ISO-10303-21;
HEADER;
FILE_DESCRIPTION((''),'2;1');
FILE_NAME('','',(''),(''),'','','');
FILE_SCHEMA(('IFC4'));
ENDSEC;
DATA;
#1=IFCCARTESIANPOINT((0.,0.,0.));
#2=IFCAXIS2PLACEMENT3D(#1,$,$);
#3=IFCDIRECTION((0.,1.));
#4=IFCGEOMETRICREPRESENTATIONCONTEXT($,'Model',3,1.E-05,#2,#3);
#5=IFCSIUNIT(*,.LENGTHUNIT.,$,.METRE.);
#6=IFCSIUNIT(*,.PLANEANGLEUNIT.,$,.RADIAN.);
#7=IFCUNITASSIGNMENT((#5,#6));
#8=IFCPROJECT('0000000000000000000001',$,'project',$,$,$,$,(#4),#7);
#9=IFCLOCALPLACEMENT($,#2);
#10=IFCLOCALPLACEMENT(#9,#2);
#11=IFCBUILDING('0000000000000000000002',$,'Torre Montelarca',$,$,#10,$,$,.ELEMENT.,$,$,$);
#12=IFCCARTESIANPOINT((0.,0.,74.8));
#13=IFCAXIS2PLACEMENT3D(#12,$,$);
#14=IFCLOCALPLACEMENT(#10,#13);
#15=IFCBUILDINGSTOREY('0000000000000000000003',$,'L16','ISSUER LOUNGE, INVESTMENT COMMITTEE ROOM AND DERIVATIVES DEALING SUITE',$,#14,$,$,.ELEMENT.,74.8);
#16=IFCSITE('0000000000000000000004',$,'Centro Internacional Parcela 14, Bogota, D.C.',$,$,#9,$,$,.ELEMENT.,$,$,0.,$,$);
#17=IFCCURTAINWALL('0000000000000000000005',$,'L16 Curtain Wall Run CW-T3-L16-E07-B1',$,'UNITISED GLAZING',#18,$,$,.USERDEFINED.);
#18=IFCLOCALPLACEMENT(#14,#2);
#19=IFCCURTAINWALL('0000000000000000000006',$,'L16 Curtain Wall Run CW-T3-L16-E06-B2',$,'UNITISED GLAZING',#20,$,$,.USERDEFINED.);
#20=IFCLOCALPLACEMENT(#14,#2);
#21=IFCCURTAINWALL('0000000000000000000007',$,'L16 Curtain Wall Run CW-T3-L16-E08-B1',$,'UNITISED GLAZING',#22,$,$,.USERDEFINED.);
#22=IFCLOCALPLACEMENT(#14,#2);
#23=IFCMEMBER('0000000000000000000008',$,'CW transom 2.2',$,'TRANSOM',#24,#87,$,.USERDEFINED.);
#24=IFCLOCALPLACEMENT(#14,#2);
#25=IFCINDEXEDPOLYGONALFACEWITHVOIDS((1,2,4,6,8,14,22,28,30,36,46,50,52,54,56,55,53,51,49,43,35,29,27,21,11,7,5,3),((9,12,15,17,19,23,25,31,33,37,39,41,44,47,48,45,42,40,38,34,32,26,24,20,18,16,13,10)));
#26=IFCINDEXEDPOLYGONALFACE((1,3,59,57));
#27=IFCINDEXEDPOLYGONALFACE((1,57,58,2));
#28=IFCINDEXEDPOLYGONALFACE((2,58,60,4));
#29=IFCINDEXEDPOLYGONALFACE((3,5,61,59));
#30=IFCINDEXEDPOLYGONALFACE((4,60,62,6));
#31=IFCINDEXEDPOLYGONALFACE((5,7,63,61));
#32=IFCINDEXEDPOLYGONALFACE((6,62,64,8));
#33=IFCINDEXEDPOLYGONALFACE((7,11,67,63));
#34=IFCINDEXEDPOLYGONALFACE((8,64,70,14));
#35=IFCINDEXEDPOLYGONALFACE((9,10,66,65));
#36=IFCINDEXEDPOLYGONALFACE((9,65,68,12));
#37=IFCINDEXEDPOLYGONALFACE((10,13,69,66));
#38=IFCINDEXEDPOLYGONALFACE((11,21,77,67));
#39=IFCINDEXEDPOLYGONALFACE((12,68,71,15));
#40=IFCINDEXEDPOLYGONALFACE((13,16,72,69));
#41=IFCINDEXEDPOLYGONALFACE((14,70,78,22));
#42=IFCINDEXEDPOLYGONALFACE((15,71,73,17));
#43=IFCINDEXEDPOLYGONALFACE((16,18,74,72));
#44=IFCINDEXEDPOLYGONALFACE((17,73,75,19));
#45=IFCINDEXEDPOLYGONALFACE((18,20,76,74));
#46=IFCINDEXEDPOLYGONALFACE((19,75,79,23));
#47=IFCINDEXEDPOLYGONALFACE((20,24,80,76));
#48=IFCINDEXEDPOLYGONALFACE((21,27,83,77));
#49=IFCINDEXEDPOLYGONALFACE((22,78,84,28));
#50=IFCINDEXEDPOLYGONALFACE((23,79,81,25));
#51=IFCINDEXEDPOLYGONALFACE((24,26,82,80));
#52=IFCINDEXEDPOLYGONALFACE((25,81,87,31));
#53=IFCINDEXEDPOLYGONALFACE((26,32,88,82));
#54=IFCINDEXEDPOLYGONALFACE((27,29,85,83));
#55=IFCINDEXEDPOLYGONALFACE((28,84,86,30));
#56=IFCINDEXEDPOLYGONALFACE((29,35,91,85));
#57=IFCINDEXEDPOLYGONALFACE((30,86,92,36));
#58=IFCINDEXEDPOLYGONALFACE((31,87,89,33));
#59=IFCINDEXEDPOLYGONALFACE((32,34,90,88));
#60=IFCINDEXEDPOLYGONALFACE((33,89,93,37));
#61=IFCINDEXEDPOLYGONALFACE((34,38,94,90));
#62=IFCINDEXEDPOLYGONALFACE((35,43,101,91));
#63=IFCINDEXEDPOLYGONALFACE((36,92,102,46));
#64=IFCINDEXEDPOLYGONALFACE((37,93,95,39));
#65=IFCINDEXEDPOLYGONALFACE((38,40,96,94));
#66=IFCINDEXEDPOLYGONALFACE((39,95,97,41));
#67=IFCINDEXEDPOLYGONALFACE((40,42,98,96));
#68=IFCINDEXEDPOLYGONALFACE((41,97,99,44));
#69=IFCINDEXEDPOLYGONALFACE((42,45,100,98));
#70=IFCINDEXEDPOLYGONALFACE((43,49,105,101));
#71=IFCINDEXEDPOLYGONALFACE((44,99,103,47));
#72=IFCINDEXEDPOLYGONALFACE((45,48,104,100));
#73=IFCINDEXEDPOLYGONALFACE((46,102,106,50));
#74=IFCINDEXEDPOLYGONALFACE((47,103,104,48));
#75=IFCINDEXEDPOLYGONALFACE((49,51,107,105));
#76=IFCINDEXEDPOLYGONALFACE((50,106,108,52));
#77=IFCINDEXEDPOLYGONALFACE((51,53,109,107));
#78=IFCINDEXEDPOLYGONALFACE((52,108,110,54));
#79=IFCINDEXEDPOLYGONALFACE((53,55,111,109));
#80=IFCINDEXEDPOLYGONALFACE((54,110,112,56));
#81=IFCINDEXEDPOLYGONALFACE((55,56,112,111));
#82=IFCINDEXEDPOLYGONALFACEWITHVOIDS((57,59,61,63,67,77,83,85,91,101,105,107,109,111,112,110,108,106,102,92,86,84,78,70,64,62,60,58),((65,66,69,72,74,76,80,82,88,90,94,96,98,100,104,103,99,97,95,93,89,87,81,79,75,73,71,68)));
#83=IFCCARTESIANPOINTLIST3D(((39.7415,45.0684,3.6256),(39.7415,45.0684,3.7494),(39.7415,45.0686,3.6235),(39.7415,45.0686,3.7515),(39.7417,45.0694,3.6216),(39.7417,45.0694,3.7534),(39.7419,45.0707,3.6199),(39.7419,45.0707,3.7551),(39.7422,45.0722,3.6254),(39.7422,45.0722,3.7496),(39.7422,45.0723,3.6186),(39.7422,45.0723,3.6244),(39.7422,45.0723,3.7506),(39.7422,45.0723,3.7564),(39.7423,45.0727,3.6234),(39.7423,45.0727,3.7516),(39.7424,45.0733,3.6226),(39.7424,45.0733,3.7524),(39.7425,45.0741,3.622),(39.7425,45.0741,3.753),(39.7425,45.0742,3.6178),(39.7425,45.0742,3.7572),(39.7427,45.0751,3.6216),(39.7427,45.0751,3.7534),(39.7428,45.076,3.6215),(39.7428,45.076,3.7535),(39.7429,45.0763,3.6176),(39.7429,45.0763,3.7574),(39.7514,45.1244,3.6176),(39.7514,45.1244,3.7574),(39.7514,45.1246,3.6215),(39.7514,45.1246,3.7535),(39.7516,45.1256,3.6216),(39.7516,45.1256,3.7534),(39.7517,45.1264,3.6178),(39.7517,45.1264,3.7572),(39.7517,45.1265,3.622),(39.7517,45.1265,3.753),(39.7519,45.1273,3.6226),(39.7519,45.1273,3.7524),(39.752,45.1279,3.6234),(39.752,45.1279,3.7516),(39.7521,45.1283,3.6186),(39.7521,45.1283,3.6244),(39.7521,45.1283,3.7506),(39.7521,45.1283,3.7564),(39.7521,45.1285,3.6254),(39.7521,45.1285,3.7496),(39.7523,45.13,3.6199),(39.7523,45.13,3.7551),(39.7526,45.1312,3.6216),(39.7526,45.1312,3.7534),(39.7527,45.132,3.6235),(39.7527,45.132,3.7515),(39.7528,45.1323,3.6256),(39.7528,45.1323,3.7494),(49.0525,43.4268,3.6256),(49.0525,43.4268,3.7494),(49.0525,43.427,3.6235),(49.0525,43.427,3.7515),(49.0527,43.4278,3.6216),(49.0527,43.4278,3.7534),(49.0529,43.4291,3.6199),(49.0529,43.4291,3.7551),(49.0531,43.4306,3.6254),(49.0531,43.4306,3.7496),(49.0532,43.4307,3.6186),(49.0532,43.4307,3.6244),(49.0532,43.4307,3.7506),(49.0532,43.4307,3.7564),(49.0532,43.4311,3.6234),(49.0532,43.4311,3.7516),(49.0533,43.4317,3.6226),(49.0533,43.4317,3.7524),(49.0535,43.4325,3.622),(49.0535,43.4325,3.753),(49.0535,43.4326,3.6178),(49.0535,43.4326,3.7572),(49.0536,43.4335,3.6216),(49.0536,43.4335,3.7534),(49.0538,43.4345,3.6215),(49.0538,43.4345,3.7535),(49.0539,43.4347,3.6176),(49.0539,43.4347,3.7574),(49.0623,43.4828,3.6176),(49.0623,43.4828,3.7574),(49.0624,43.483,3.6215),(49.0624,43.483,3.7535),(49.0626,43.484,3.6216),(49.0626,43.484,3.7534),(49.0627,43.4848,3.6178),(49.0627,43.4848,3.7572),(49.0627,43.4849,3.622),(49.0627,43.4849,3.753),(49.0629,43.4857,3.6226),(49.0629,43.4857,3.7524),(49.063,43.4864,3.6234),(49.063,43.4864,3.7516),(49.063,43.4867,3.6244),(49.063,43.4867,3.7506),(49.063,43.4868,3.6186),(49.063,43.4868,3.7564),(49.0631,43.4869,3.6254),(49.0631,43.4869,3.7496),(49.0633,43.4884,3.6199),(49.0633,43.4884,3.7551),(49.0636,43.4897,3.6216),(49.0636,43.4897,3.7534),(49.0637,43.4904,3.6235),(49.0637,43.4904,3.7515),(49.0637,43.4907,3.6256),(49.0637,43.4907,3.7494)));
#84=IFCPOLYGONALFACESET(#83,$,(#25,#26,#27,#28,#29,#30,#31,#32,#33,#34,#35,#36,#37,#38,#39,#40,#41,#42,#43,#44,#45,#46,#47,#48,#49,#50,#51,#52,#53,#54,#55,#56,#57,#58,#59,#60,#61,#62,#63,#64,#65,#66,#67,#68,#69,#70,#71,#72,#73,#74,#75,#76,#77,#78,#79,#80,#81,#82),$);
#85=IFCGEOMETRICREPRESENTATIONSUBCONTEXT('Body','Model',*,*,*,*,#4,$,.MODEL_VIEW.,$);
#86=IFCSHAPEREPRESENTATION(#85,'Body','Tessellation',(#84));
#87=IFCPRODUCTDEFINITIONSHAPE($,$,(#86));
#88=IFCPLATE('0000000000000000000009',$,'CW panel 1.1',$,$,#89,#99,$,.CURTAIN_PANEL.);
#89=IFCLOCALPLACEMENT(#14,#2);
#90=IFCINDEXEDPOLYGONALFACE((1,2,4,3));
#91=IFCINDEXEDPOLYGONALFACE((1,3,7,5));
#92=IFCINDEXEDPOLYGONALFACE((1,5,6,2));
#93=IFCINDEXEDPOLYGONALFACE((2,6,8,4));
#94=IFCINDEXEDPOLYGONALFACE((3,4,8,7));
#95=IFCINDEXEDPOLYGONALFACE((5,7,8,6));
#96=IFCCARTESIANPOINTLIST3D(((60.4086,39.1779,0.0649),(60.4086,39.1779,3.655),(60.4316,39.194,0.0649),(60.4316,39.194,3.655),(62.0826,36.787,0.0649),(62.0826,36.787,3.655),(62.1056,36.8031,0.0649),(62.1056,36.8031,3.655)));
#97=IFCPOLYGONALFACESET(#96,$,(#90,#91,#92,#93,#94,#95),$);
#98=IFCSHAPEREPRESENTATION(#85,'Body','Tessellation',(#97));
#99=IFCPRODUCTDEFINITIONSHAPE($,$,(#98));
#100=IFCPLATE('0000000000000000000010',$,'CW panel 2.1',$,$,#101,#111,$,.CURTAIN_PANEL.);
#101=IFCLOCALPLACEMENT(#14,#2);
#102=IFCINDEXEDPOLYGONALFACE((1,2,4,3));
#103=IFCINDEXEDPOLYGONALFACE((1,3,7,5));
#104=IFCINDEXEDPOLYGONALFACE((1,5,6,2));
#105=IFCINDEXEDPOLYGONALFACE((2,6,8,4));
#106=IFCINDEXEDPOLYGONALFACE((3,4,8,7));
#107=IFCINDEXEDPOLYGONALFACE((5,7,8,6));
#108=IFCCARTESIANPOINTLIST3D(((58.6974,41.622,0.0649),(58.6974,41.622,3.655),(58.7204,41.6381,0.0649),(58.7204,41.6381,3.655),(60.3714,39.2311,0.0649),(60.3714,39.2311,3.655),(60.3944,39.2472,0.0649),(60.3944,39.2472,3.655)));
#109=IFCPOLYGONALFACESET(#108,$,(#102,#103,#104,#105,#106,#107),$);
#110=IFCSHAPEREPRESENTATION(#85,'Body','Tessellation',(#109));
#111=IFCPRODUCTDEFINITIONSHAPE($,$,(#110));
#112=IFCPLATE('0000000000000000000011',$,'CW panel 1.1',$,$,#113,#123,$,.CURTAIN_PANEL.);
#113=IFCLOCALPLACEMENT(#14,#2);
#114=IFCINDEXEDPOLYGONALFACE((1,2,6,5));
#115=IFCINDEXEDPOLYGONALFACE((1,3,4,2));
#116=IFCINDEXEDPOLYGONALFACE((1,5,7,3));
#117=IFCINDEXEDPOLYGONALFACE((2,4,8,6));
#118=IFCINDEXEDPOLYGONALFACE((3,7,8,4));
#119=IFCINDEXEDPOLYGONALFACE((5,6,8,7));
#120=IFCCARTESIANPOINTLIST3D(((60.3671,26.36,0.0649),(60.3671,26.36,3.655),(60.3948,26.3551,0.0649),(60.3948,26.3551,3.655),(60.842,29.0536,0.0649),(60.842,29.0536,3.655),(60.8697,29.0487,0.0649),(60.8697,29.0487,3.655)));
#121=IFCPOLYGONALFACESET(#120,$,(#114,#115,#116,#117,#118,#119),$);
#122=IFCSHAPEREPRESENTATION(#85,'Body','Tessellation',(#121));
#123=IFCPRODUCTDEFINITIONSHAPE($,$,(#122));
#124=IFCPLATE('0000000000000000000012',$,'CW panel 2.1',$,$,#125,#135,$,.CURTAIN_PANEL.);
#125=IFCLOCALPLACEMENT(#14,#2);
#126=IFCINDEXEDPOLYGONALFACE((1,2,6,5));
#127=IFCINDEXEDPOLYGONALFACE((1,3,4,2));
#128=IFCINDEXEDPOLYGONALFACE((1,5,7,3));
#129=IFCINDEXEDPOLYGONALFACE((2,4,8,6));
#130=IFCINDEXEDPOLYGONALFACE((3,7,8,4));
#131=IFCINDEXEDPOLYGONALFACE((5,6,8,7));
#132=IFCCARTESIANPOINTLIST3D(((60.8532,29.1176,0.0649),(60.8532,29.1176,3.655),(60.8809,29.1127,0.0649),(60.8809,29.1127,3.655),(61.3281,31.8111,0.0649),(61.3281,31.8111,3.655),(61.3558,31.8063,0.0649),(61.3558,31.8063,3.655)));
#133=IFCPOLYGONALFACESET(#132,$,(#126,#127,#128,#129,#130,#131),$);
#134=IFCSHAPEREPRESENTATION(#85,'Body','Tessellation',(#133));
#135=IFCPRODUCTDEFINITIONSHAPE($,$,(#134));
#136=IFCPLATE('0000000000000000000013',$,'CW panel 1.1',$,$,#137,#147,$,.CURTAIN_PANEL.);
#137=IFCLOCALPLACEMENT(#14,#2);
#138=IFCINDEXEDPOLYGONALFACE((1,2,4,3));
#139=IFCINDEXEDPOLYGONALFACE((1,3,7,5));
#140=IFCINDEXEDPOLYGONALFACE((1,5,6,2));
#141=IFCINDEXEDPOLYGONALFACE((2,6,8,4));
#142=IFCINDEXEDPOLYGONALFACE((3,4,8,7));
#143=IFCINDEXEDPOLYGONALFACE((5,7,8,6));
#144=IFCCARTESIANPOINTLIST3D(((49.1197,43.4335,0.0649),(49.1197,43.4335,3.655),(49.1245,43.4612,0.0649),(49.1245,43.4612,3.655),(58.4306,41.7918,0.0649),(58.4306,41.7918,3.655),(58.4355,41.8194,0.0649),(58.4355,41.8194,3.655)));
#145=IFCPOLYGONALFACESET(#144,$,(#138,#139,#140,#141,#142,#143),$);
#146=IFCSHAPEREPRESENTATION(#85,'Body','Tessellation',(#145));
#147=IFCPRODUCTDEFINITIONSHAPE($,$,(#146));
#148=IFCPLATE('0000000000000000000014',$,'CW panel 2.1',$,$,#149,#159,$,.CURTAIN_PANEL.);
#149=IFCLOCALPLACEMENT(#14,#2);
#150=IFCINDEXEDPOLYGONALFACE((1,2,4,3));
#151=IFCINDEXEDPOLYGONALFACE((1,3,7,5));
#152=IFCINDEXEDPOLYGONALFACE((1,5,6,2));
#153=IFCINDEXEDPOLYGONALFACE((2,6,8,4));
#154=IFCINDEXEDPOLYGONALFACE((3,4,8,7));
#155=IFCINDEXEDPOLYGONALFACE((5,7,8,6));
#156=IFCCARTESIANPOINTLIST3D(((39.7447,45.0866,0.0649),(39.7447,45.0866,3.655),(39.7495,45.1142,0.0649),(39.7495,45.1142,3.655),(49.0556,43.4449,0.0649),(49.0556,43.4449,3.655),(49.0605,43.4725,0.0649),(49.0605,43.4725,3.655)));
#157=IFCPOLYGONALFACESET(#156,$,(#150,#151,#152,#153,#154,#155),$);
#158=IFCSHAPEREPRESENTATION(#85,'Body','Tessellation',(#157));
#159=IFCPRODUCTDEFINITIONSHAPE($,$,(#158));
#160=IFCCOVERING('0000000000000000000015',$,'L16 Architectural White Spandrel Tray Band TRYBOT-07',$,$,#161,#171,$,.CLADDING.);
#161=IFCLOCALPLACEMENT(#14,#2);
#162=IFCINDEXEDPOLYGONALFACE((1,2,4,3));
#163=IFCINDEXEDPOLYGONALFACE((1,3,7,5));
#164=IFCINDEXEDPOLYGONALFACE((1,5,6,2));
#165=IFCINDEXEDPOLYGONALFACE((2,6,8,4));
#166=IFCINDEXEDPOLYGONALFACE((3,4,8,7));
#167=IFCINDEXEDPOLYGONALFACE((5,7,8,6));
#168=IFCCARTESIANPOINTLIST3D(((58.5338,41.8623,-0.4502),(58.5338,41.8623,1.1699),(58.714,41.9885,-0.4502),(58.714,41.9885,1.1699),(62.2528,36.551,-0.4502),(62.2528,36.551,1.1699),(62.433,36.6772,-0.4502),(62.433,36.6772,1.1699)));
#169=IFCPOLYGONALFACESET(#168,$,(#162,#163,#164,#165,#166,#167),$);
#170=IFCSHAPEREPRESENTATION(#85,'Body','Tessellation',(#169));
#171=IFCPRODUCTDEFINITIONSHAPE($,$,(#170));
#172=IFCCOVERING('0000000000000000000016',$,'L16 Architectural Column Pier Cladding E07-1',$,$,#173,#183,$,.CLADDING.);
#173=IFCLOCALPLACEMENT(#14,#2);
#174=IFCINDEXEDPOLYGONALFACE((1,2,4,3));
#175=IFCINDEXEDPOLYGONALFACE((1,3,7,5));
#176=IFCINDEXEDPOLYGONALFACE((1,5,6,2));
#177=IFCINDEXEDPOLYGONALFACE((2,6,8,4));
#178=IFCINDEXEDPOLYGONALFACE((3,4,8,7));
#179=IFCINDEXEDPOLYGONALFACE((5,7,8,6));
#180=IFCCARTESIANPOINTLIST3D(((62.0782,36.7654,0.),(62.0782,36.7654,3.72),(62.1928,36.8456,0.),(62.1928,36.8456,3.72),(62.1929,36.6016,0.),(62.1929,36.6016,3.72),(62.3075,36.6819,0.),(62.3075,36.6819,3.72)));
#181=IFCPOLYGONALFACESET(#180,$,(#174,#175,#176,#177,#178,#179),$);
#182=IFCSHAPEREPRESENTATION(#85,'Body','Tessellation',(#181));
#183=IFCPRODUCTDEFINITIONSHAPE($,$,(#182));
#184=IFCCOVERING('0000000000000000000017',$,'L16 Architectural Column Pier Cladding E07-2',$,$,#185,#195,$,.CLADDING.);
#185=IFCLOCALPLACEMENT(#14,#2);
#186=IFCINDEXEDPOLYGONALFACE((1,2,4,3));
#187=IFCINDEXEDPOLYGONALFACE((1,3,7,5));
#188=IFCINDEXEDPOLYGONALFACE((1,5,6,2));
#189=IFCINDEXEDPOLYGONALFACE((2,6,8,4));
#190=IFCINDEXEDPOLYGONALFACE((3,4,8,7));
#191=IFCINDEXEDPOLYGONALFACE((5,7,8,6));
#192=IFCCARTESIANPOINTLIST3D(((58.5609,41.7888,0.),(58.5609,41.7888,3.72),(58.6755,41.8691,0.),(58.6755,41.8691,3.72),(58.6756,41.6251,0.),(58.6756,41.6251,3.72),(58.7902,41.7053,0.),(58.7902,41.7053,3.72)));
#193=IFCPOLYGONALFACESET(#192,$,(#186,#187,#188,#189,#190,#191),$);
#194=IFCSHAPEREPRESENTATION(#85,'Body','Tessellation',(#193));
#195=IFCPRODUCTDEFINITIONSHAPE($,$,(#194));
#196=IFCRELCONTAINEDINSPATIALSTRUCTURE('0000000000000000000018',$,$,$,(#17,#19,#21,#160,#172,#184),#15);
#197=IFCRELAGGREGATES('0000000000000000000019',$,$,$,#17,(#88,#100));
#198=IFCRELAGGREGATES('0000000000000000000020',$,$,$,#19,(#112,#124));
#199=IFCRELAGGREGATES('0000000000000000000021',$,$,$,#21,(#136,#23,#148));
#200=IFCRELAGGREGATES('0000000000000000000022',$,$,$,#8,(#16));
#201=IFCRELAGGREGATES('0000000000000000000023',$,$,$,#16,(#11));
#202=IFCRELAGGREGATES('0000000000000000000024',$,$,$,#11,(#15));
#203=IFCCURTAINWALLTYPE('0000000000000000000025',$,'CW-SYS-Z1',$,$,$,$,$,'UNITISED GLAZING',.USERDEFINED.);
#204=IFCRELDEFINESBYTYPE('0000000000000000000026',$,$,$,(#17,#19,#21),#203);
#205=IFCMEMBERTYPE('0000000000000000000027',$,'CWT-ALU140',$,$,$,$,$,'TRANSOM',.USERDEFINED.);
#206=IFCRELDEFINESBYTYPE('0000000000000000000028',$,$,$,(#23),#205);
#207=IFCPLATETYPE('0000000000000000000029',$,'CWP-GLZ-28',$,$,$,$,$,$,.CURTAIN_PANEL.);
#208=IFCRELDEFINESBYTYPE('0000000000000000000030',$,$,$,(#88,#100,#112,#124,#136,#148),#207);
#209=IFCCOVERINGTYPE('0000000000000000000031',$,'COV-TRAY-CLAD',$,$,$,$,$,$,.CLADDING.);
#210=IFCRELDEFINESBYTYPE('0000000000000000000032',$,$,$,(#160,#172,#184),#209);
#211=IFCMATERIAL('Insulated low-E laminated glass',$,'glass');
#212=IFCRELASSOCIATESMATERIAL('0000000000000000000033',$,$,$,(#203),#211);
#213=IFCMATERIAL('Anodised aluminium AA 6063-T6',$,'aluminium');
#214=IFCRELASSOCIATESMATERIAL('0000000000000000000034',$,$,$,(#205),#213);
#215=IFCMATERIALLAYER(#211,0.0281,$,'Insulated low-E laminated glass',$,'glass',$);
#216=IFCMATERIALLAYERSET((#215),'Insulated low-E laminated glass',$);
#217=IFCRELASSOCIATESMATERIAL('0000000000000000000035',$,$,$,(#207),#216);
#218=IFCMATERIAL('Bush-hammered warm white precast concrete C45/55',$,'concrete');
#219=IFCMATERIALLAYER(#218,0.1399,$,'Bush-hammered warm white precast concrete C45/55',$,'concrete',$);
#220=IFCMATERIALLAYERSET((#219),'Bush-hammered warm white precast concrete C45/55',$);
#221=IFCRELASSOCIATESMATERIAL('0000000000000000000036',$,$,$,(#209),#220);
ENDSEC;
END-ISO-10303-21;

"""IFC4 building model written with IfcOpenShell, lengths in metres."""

from ifc_helpers import new_model, si_unit, direction, frame, origin, origin_2d, place, context, subcontext, project, spatial, rectangle, hollow_rectangle, extrude, source, transform, mapped, material, layer, layer_set, material_profile, profile_set, type_object, element, aggregate, save


model = new_model("IFC4")

# Units and contexts
model_context = context("Model", 3, precision=1e-05, world=origin(), true_north=direction((0.0, 1.0)))
body_context = subcontext(model_context, "Body", "Model", "MODEL_VIEW")
ifc_project = project(units=[si_unit("LENGTHUNIT", "METRE"), si_unit("PLANEANGLEUNIT", "RADIAN")], contexts=[model_context])

# Site, building, storey
site_placement = place(None, origin())
site = spatial("IfcSite", under=ifc_project, at=site_placement, Name="Centro Internacional Parcela 14, Bogota, D.C.", CompositionType="ELEMENT", RefElevation=0.0)
building_placement = place(site_placement, origin())
building = spatial("IfcBuilding", under=site, at=building_placement, Name="Torre Montelarca", CompositionType="ELEMENT")
storey_placement = place(building_placement, frame((0.0, 0.0, 74.8)))
storey = spatial("IfcBuildingStorey", under=building, at=storey_placement, Name="L16", Description="ISSUER LOUNGE, INVESTMENT COMMITTEE ROOM AND DERIVATIVES DEALING SUITE", CompositionType="ELEMENT", Elevation=74.8)

# Curtain walls
ifc_material_1 = material(Name="Insulated low-E laminated glass", Category="glass")
curtain_wall_type = type_object("IfcCurtainWallType", Name="CW-SYS-Z1", ElementType="UNITISED GLAZING", PredefinedType="USERDEFINED", material=ifc_material_1)
curtain_wall_1_placement = place(storey_placement, origin())
curtain_wall_1 = element("IfcCurtainWall", 1, at=curtain_wall_1_placement, inside=storey, type_object=curtain_wall_type, Name="L16 Curtain Wall Run CW-T3-L16-E07-B1", ObjectType="UNITISED GLAZING", PredefinedType="USERDEFINED")
ifc_material_2 = material(Name="Anodised aluminium AA 6063-T6", Category="aluminium")
ifc_material_profile_1 = material_profile(ifc_material_2, hollow_rectangle(XDim=0.0649, YDim=0.1399, WallThickness=0.0039, InnerFilletRadius=0.0039, OuterFilletRadius=0.0081, at=origin_2d()), Name="ALU65X140X4", Category="aluminium")
ifc_profile_set_1 = profile_set([ifc_material_profile_1], Name="Anodised aluminium AA 6063-T6")
member_type_1 = type_object("IfcMemberType", Name="CWT-ALU140", ElementType="TRANSOM", PredefinedType="USERDEFINED", material=ifc_profile_set_1)
curtain_wall_2_placement = place(storey_placement, origin())
curtain_wall_2 = element("IfcCurtainWall", 2, at=curtain_wall_2_placement, inside=storey, type_object=curtain_wall_type, Name="L16 Curtain Wall Run CW-T3-L16-E06-B2", ObjectType="UNITISED GLAZING", PredefinedType="USERDEFINED")

# Curtain wall
curtain_wall_3_placement = place(storey_placement, origin())
curtain_wall_3 = element("IfcCurtainWall", 3, at=curtain_wall_3_placement, inside=storey, type_object=curtain_wall_type, Name="L16 Curtain Wall Run CW-T3-L16-E08-B1", ObjectType="UNITISED GLAZING", PredefinedType="USERDEFINED")

# Member
shared_shape_1 = source(origin(), body_context, "Body", "SweptSolid", [
    extrude(hollow_rectangle(XDim=0.0649, YDim=0.1399, WallThickness=0.0039, InnerFilletRadius=0.0039, OuterFilletRadius=0.0081, at=origin_2d()), origin(), (0.0, 0.0, 1.0), 9.4546),
])
member_1_placement = place(storey_placement, frame((49.0581, 43.4587, 3.6875), z_axis=(-0.984811, 0.173629, 0.0), x_axis=(-0.173629, -0.984811, 0.0)))
member_1 = element("IfcMember", 4, at=member_1_placement, type_object=member_type_1, Name="CW transom 2.2", ObjectType="TRANSOM", PredefinedType="USERDEFINED", context=body_context, shape_type="MappedRepresentation", body=[
    mapped(shared_shape_1, transform((0.0, 0.0, 0.0), scale=1.0)),
])

# Plates
ifc_layer_1 = layer(ifc_material_1, 0.0281, Name="Insulated low-E laminated glass", Category="glass")
ifc_layer_set_1 = layer_set([ifc_layer_1], Name="Insulated low-E laminated glass")
plate_type = type_object("IfcPlateType", Name="CWP-GLZ-28", PredefinedType="CURTAIN_PANEL", material=ifc_layer_set_1)
shared_shape_2 = source(origin(), body_context, "Body", "SweptSolid", [
    extrude(rectangle(XDim=2.9187, YDim=0.0281, at=origin_2d()), origin(), (0.0, 0.0, 1.0), 3.5901),
])
plate_1_placement = place(storey_placement, frame((61.2571, 37.9905, 0.0649), z_axis=(0.0, 0.0, 1.0), x_axis=(-0.573546, 0.819174, 0.0)))
plate_1 = element("IfcPlate", 5, at=plate_1_placement, type_object=plate_type, Name="CW panel 1.1", PredefinedType="CURTAIN_PANEL", context=body_context, shape_type="MappedRepresentation", body=[
    mapped(shared_shape_2, transform((0.0, 0.0, 0.0), scale=1.0)),
])
plate_2_placement = place(storey_placement, frame((59.5459, 40.4346, 0.0649), z_axis=(0.0, 0.0, 1.0), x_axis=(-0.573546, 0.819174, 0.0)))
plate_2 = element("IfcPlate", 6, at=plate_2_placement, type_object=plate_type, Name="CW panel 2.1", PredefinedType="CURTAIN_PANEL", context=body_context, shape_type="MappedRepresentation", body=[
    mapped(shared_shape_2, transform((0.0, 0.0, 0.0), scale=1.0)),
])
aggregate(curtain_wall_1, [plate_1, plate_2])
shared_shape_3 = source(origin(), body_context, "Body", "SweptSolid", [
    extrude(rectangle(XDim=2.7351, YDim=0.0281, at=origin_2d()), origin(), (0.0, 0.0, 1.0), 3.5901),
])
plate_3_placement = place(storey_placement, frame((60.6184, 27.7043, 0.0649), z_axis=(0.0, 0.0, 1.0), x_axis=(0.173643, 0.984809, 0.0)))
plate_3 = element("IfcPlate", 7, at=plate_3_placement, type_object=plate_type, Name="CW panel 1.1", PredefinedType="CURTAIN_PANEL", context=body_context, shape_type="MappedRepresentation", body=[
    mapped(shared_shape_3, transform((0.0, 0.0, 0.0), scale=1.0)),
])
plate_4_placement = place(storey_placement, frame((61.1045, 30.4619, 0.0649), z_axis=(0.0, 0.0, 1.0), x_axis=(0.173643, 0.984809, 0.0)))
plate_4 = element("IfcPlate", 8, at=plate_4_placement, type_object=plate_type, Name="CW panel 2.1", PredefinedType="CURTAIN_PANEL", context=body_context, shape_type="MappedRepresentation", body=[
    mapped(shared_shape_3, transform((0.0, 0.0, 0.0), scale=1.0)),
])
aggregate(curtain_wall_2, [plate_3, plate_4])
shared_shape_4 = source(origin(), body_context, "Body", "SweptSolid", [
    extrude(rectangle(XDim=9.4546, YDim=0.0281, at=origin_2d()), origin(), (0.0, 0.0, 1.0), 3.5901),
])
plate_5_placement = place(storey_placement, frame((53.7776, 42.6265, 0.0649), z_axis=(0.0, 0.0, 1.0), x_axis=(-0.984809, 0.173643, 0.0)))
plate_5 = element("IfcPlate", 9, at=plate_5_placement, type_object=plate_type, Name="CW panel 1.1", PredefinedType="CURTAIN_PANEL", context=body_context, shape_type="MappedRepresentation", body=[
    mapped(shared_shape_4, transform((0.0, 0.0, 0.0), scale=1.0)),
])
plate_6_placement = place(storey_placement, frame((44.4026, 44.2795, 0.0649), z_axis=(0.0, 0.0, 1.0), x_axis=(-0.984809, 0.173643, 0.0)))
plate_6 = element("IfcPlate", 10, at=plate_6_placement, type_object=plate_type, Name="CW panel 2.1", PredefinedType="CURTAIN_PANEL", context=body_context, shape_type="MappedRepresentation", body=[
    mapped(shared_shape_4, transform((0.0, 0.0, 0.0), scale=1.0)),
])
aggregate(curtain_wall_3, [plate_5, member_1, plate_6])

# Coverings
ifc_material_3 = material(Name="Bush-hammered warm white precast concrete C45/55", Category="concrete")
ifc_layer_2 = layer(ifc_material_3, 0.1399, Name="Bush-hammered warm white precast concrete C45/55", Category="concrete")
ifc_layer_set_2 = layer_set([ifc_layer_2], Name="Bush-hammered warm white precast concrete C45/55")
covering_type = type_object("IfcCoveringType", Name="COV-TRAY-CLAD", PredefinedType="CLADDING", material=ifc_layer_set_2)
shared_shape_5 = source(origin(), body_context, "Body", "SweptSolid", [
    extrude(rectangle(XDim=6.4839, YDim=0.22, at=origin_2d()), origin(), (0.0, 0.0, 1.0), 1.6201),
])
covering_1_placement = place(storey_placement, frame((60.4834, 39.2698, -0.4502), z_axis=(0.0, 0.0, 1.0), x_axis=(-0.573571, 0.819156, 0.0)))
element("IfcCovering", 11, at=covering_1_placement, inside=storey, type_object=covering_type, Name="L16 Architectural White Spandrel Tray Band TRYBOT-07", PredefinedType="CLADDING", context=body_context, shape_type="MappedRepresentation", body=[
    mapped(shared_shape_5, transform((0.0, 0.0, 0.0), scale=1.0)),
])
shared_shape_6 = source(origin(), body_context, "Body", "SweptSolid", [
    extrude(rectangle(XDim=0.2, YDim=0.1399, at=origin_2d()), origin(), (0.0, 0.0, 1.0), 3.72),
])
for number, where, z_axis, x_axis, name in (
    (12, (62.1929, 36.7236, 0.0), (0.0, 0.0, 1.0), (-0.573558, 0.819165, 0.0), "L16 Architectural Column Pier Cladding E07-1"),
    (13, (58.6755, 41.7471, 0.0), (0.0, 0.0, 1.0), (-0.573558, 0.819165, 0.0), "L16 Architectural Column Pier Cladding E07-2"),
):
    element("IfcCovering", number, at=place(storey_placement, frame(where, z_axis=z_axis, x_axis=x_axis)), inside=storey, type_object=covering_type, Name=name, PredefinedType="CLADDING", context=body_context, shape_type="MappedRepresentation", body=[
        mapped(shared_shape_6, transform((0.0, 0.0, 0.0), scale=1.0)),
    ])

save(model, "model.ifc")
